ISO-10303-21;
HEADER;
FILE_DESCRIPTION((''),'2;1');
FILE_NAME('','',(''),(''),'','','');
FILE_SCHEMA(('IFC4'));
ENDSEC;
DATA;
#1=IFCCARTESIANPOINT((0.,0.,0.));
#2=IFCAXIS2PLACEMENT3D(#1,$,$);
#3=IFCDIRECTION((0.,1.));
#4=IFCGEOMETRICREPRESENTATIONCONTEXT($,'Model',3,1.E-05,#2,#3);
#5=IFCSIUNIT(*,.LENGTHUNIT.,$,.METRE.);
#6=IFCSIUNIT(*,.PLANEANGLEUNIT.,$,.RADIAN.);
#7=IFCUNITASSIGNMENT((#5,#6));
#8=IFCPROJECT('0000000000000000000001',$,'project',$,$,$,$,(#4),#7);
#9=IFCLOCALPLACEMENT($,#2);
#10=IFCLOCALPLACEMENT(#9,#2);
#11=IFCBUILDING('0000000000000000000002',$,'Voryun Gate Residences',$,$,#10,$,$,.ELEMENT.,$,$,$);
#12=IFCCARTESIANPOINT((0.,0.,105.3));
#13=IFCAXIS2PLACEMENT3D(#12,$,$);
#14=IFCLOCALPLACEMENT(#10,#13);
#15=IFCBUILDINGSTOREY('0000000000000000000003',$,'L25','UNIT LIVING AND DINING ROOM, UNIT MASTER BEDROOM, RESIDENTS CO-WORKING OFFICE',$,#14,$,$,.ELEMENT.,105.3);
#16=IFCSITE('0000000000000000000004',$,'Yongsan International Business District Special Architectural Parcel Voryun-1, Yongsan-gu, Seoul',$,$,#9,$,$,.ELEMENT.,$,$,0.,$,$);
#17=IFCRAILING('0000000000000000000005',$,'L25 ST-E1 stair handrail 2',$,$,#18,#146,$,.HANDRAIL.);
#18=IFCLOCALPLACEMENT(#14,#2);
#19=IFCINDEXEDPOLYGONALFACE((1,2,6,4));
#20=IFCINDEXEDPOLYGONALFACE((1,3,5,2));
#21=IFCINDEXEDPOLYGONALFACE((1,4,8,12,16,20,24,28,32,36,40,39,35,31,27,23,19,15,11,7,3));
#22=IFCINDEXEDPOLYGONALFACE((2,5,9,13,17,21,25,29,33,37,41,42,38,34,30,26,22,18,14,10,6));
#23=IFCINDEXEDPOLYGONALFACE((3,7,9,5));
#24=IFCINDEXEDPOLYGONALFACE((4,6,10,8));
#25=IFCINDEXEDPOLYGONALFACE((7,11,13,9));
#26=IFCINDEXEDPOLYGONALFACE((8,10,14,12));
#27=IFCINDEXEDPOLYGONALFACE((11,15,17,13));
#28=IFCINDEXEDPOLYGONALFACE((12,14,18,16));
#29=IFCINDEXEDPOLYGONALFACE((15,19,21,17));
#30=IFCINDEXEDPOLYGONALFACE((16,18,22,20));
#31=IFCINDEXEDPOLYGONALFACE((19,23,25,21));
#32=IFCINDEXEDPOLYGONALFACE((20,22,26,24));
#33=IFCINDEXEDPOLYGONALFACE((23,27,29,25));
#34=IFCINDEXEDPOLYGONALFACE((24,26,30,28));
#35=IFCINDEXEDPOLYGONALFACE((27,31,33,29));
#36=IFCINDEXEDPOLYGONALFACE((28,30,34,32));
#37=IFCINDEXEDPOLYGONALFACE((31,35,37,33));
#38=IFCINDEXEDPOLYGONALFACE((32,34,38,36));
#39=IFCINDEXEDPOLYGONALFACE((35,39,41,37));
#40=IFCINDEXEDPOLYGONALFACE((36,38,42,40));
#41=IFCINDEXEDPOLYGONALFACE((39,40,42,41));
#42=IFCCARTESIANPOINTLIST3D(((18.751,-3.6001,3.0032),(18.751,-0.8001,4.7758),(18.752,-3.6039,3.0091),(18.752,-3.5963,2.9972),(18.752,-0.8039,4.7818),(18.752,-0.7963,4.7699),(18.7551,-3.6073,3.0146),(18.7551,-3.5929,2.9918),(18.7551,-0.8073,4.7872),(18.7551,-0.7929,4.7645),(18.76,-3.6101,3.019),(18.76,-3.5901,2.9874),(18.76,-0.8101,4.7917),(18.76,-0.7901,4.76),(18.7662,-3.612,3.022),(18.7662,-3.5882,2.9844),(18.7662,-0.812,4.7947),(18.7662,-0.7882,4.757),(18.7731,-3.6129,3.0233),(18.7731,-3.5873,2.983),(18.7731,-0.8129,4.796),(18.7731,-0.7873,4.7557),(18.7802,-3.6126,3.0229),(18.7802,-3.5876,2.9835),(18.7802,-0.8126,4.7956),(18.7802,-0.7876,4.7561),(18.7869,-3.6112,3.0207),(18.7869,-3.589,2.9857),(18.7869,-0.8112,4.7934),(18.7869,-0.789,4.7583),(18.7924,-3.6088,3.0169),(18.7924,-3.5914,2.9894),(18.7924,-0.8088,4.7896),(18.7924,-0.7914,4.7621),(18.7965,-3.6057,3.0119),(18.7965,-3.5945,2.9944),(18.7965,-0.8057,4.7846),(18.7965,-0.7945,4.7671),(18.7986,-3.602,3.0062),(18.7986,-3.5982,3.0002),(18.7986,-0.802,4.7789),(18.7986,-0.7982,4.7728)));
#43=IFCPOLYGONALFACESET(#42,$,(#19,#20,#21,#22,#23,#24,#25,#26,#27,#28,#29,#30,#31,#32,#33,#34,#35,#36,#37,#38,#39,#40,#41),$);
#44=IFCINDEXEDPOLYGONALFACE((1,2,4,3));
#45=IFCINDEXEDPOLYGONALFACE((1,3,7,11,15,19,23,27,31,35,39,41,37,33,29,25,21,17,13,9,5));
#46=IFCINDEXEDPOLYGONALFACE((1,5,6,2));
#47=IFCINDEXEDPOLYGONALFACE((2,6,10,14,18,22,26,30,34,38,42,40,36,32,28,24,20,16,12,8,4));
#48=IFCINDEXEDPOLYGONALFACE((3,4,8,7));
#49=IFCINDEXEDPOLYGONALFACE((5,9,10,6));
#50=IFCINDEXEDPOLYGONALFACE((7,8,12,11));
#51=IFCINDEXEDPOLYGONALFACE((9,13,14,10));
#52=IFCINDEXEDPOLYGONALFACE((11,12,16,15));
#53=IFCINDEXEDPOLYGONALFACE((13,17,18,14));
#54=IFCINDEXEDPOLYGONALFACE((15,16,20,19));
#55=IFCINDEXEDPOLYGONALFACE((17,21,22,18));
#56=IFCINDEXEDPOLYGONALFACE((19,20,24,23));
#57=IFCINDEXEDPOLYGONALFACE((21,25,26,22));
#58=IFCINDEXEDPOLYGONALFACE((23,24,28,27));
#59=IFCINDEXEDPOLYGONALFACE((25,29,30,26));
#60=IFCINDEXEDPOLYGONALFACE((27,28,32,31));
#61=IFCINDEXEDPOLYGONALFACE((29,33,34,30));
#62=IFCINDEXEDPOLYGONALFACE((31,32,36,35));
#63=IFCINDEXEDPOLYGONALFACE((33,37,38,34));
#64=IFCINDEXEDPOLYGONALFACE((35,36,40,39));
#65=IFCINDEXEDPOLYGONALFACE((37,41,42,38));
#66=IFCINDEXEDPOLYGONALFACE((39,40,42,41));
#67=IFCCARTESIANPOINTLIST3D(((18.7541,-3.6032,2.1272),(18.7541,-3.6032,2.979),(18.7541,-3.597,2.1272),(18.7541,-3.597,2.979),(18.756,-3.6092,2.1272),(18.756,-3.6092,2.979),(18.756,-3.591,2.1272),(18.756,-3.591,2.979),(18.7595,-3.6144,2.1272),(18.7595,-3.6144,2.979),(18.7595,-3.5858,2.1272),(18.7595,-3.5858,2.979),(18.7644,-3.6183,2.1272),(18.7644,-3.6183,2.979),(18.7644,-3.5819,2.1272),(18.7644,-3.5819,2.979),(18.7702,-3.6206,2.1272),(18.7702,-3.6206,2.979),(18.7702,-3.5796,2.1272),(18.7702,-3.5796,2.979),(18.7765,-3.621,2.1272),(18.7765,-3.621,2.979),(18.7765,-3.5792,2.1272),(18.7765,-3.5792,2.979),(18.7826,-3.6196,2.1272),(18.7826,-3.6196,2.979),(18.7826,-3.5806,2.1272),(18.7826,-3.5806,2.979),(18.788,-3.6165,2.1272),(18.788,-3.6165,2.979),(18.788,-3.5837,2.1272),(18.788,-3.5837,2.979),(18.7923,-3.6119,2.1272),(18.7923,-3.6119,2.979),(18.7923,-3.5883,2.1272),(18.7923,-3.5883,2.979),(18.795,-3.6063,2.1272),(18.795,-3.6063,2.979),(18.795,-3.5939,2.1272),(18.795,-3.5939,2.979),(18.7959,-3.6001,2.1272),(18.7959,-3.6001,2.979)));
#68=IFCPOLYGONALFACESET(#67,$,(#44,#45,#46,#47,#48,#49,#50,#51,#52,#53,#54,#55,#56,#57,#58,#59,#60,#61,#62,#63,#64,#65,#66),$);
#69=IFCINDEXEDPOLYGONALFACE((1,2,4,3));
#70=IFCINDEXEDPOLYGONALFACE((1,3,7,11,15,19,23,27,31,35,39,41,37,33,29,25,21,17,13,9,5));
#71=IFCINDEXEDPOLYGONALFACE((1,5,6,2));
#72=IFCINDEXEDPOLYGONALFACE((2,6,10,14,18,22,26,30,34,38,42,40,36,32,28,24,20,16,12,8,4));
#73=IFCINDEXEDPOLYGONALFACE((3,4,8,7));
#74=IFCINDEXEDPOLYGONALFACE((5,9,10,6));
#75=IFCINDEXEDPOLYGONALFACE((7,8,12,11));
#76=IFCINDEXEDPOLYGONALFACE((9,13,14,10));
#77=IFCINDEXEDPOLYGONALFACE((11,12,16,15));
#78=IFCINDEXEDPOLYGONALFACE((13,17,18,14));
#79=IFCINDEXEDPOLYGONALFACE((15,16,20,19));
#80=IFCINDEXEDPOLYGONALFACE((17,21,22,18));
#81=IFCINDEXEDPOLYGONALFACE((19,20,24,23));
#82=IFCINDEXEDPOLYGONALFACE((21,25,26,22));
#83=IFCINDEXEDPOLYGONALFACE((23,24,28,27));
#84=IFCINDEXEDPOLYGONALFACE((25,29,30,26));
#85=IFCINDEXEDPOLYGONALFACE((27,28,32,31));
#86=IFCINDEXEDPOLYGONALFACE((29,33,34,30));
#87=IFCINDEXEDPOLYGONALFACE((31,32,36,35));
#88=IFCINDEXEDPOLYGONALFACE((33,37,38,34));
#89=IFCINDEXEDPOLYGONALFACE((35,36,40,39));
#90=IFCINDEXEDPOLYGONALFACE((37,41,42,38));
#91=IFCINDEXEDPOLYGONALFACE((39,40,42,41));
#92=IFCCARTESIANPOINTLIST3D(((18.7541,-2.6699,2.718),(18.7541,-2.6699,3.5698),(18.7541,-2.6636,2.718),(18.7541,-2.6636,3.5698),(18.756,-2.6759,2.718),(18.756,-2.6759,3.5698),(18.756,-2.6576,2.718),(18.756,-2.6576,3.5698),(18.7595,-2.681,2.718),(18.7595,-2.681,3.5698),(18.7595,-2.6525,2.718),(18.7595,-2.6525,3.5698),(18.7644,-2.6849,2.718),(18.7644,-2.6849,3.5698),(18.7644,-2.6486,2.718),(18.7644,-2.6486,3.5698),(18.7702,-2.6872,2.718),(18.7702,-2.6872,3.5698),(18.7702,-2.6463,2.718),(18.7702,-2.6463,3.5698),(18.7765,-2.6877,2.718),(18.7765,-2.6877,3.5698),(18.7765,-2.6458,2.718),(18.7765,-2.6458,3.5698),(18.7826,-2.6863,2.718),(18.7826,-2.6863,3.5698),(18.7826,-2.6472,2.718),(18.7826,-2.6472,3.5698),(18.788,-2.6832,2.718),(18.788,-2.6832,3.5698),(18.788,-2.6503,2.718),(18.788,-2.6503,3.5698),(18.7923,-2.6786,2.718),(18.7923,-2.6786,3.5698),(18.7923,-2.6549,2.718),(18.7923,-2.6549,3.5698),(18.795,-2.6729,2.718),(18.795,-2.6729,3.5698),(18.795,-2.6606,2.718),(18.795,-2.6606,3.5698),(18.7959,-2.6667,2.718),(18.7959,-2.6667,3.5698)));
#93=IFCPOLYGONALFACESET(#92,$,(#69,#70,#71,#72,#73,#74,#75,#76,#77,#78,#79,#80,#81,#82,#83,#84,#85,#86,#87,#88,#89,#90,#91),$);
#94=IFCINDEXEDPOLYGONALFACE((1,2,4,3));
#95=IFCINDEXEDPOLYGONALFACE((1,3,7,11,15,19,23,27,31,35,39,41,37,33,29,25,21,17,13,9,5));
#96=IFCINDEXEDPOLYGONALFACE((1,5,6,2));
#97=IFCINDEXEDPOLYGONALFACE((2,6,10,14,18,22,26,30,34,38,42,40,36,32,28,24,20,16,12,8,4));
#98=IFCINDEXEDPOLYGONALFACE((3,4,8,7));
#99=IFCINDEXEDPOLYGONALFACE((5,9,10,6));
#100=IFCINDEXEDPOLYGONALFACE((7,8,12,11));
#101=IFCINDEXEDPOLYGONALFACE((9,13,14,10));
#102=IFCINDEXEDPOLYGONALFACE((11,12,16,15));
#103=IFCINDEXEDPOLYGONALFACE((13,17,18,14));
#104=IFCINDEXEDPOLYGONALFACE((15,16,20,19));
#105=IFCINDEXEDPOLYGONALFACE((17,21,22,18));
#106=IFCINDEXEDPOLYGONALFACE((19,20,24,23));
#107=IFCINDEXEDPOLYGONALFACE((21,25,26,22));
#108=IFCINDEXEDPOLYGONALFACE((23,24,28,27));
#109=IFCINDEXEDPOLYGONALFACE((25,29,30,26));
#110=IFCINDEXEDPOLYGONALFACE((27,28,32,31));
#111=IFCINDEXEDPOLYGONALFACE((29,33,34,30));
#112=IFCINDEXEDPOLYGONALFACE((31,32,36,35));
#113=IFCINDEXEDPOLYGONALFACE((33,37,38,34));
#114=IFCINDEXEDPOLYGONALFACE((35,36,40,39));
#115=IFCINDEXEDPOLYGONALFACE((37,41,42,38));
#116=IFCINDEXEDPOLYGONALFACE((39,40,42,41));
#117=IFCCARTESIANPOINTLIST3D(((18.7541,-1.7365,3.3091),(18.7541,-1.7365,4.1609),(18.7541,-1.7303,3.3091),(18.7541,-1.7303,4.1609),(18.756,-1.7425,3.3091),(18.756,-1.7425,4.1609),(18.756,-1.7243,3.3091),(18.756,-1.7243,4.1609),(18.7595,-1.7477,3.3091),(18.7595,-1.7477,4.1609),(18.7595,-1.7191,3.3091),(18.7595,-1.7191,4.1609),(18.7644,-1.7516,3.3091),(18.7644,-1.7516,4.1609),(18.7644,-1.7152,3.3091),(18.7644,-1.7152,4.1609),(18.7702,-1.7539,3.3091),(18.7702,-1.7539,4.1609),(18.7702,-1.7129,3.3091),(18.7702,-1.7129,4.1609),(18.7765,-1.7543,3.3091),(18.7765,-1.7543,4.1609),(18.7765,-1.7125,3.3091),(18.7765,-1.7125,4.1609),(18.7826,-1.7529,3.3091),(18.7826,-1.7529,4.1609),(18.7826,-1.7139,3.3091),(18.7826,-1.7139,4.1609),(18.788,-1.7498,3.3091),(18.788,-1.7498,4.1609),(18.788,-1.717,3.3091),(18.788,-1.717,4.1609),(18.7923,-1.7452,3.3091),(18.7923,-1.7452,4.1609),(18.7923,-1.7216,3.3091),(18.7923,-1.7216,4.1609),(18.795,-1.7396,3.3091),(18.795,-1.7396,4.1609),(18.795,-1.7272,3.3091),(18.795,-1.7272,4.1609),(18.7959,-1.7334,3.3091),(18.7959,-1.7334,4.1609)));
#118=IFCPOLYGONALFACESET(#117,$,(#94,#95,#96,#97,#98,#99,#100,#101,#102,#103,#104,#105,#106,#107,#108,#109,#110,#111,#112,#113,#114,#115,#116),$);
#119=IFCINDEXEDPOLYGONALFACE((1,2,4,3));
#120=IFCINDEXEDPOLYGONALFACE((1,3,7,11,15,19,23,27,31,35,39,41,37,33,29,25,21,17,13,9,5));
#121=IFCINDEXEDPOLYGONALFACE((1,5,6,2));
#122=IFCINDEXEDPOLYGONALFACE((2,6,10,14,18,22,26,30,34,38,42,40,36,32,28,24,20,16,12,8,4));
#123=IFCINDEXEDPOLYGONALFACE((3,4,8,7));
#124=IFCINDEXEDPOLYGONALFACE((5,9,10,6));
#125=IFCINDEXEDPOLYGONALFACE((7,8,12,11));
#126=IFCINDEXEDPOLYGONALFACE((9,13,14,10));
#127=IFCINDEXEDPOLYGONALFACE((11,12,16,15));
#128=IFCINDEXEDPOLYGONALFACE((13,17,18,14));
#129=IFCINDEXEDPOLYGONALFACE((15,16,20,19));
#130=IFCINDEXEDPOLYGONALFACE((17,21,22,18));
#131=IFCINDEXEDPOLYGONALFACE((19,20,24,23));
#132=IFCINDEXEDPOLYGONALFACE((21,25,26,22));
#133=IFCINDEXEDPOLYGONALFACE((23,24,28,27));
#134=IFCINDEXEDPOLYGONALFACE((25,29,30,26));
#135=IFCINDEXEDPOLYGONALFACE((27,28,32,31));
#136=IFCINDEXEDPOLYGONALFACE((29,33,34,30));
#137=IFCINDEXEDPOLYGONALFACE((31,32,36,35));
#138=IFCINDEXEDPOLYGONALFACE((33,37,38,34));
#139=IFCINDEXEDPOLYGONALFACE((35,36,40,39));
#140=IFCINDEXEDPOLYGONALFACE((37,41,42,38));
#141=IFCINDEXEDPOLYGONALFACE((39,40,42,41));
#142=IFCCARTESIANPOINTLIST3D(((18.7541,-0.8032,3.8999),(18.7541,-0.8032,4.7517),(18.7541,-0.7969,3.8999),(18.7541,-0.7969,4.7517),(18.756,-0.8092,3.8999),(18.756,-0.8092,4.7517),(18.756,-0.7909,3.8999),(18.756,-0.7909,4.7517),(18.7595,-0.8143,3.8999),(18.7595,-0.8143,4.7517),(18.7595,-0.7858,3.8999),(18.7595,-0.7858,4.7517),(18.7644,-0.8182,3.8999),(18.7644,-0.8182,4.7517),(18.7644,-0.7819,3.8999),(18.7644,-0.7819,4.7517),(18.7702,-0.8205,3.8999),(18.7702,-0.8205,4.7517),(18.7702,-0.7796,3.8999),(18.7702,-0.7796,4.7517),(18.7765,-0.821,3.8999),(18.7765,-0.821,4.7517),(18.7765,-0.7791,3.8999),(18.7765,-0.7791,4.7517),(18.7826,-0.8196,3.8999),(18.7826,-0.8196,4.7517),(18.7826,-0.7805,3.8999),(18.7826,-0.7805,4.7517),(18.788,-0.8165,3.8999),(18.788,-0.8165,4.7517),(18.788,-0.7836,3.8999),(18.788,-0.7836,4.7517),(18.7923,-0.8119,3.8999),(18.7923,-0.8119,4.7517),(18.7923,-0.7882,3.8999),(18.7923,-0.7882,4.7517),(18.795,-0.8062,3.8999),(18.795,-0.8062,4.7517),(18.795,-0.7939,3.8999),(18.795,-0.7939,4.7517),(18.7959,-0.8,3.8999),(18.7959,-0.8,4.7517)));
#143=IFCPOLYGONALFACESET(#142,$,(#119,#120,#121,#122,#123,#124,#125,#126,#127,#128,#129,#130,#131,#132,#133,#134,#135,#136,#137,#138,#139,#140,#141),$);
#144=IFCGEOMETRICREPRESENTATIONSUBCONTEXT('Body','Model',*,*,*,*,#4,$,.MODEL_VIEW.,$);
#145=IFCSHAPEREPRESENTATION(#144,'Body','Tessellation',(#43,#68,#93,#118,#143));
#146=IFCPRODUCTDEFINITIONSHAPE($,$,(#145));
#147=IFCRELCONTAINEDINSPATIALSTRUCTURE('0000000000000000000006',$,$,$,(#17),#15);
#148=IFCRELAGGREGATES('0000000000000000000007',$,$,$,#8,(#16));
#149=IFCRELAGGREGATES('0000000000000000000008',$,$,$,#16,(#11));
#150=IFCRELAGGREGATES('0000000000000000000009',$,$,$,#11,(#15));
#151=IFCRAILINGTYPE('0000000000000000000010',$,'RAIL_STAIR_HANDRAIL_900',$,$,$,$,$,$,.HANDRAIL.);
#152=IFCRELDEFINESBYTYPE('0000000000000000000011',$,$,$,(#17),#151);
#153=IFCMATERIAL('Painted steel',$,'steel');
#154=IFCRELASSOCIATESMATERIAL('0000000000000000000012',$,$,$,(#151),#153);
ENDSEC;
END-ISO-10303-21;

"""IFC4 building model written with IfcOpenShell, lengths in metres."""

from ifc_helpers import new_model, si_unit, direction, frame, origin, origin_2d, place, context, subcontext, project, spatial, circle, extrude, material, type_object, element, save


model = new_model("IFC4")

# Units and contexts
model_context = context("Model", 3, precision=1e-05, world=origin(), true_north=direction((0.0, 1.0)))
body_context = subcontext(model_context, "Body", "Model", "MODEL_VIEW")
ifc_project = project(units=[si_unit("LENGTHUNIT", "METRE"), si_unit("PLANEANGLEUNIT", "RADIAN")], contexts=[model_context])

# Site, building, storey
site_placement = place(None, origin())
site = spatial("IfcSite", under=ifc_project, at=site_placement, Name="Yongsan International Business District Special Architectural Parcel Voryun-1, Yongsan-gu, Seoul", CompositionType="ELEMENT", RefElevation=0.0)
building_placement = place(site_placement, origin())
building = spatial("IfcBuilding", under=site, at=building_placement, Name="Voryun Gate Residences", CompositionType="ELEMENT")
storey_placement = place(building_placement, frame((0.0, 0.0, 105.3)))
storey = spatial("IfcBuildingStorey", under=building, at=storey_placement, Name="L25", Description="UNIT LIVING AND DINING ROOM, UNIT MASTER BEDROOM, RESIDENTS CO-WORKING OFFICE", CompositionType="ELEMENT", Elevation=105.3)

# Railing
ifc_material_1 = material(Name="Painted steel", Category="steel")
railing_type_1 = type_object("IfcRailingType", Name="RAIL_STAIR_HANDRAIL_900", PredefinedType="HANDRAIL", material=ifc_material_1)
railing_1_placement = place(storey_placement, frame((18.7749, -3.6001, 2.1272)))
element("IfcRailing", 1, at=railing_1_placement, inside=storey, type_object=railing_type_1, Name="L25 ST-E1 stair handrail 2", PredefinedType="HANDRAIL", context=body_context, shape_type="SweptSolid", body=[
    extrude(circle(Radius=0.0239, at=origin_2d()), frame((0.0, 0.0, 0.876), z_axis=(0.0, 0.844909, 0.53491), x_axis=(-1.0, 0.0, 0.0)), (0.0, 0.0, 1.0), 3.314),
    extrude(circle(Radius=0.021, at=origin_2d()), origin(), (0.0, 0.0, 1.0), 0.8518),
    extrude(circle(Radius=0.021, at=origin_2d()), frame((0.0, 0.9333, 0.5908)), (0.0, 0.0, 1.0), 0.8518),
    extrude(circle(Radius=0.021, at=origin_2d()), frame((0.0, 1.8667, 1.1819)), (0.0, 0.0, 1.0), 0.8518),
    extrude(circle(Radius=0.021, at=origin_2d()), frame((0.0, 2.8, 1.7727)), (0.0, 0.0, 1.0), 0.8518),
])

save(model, "model.ifc")
